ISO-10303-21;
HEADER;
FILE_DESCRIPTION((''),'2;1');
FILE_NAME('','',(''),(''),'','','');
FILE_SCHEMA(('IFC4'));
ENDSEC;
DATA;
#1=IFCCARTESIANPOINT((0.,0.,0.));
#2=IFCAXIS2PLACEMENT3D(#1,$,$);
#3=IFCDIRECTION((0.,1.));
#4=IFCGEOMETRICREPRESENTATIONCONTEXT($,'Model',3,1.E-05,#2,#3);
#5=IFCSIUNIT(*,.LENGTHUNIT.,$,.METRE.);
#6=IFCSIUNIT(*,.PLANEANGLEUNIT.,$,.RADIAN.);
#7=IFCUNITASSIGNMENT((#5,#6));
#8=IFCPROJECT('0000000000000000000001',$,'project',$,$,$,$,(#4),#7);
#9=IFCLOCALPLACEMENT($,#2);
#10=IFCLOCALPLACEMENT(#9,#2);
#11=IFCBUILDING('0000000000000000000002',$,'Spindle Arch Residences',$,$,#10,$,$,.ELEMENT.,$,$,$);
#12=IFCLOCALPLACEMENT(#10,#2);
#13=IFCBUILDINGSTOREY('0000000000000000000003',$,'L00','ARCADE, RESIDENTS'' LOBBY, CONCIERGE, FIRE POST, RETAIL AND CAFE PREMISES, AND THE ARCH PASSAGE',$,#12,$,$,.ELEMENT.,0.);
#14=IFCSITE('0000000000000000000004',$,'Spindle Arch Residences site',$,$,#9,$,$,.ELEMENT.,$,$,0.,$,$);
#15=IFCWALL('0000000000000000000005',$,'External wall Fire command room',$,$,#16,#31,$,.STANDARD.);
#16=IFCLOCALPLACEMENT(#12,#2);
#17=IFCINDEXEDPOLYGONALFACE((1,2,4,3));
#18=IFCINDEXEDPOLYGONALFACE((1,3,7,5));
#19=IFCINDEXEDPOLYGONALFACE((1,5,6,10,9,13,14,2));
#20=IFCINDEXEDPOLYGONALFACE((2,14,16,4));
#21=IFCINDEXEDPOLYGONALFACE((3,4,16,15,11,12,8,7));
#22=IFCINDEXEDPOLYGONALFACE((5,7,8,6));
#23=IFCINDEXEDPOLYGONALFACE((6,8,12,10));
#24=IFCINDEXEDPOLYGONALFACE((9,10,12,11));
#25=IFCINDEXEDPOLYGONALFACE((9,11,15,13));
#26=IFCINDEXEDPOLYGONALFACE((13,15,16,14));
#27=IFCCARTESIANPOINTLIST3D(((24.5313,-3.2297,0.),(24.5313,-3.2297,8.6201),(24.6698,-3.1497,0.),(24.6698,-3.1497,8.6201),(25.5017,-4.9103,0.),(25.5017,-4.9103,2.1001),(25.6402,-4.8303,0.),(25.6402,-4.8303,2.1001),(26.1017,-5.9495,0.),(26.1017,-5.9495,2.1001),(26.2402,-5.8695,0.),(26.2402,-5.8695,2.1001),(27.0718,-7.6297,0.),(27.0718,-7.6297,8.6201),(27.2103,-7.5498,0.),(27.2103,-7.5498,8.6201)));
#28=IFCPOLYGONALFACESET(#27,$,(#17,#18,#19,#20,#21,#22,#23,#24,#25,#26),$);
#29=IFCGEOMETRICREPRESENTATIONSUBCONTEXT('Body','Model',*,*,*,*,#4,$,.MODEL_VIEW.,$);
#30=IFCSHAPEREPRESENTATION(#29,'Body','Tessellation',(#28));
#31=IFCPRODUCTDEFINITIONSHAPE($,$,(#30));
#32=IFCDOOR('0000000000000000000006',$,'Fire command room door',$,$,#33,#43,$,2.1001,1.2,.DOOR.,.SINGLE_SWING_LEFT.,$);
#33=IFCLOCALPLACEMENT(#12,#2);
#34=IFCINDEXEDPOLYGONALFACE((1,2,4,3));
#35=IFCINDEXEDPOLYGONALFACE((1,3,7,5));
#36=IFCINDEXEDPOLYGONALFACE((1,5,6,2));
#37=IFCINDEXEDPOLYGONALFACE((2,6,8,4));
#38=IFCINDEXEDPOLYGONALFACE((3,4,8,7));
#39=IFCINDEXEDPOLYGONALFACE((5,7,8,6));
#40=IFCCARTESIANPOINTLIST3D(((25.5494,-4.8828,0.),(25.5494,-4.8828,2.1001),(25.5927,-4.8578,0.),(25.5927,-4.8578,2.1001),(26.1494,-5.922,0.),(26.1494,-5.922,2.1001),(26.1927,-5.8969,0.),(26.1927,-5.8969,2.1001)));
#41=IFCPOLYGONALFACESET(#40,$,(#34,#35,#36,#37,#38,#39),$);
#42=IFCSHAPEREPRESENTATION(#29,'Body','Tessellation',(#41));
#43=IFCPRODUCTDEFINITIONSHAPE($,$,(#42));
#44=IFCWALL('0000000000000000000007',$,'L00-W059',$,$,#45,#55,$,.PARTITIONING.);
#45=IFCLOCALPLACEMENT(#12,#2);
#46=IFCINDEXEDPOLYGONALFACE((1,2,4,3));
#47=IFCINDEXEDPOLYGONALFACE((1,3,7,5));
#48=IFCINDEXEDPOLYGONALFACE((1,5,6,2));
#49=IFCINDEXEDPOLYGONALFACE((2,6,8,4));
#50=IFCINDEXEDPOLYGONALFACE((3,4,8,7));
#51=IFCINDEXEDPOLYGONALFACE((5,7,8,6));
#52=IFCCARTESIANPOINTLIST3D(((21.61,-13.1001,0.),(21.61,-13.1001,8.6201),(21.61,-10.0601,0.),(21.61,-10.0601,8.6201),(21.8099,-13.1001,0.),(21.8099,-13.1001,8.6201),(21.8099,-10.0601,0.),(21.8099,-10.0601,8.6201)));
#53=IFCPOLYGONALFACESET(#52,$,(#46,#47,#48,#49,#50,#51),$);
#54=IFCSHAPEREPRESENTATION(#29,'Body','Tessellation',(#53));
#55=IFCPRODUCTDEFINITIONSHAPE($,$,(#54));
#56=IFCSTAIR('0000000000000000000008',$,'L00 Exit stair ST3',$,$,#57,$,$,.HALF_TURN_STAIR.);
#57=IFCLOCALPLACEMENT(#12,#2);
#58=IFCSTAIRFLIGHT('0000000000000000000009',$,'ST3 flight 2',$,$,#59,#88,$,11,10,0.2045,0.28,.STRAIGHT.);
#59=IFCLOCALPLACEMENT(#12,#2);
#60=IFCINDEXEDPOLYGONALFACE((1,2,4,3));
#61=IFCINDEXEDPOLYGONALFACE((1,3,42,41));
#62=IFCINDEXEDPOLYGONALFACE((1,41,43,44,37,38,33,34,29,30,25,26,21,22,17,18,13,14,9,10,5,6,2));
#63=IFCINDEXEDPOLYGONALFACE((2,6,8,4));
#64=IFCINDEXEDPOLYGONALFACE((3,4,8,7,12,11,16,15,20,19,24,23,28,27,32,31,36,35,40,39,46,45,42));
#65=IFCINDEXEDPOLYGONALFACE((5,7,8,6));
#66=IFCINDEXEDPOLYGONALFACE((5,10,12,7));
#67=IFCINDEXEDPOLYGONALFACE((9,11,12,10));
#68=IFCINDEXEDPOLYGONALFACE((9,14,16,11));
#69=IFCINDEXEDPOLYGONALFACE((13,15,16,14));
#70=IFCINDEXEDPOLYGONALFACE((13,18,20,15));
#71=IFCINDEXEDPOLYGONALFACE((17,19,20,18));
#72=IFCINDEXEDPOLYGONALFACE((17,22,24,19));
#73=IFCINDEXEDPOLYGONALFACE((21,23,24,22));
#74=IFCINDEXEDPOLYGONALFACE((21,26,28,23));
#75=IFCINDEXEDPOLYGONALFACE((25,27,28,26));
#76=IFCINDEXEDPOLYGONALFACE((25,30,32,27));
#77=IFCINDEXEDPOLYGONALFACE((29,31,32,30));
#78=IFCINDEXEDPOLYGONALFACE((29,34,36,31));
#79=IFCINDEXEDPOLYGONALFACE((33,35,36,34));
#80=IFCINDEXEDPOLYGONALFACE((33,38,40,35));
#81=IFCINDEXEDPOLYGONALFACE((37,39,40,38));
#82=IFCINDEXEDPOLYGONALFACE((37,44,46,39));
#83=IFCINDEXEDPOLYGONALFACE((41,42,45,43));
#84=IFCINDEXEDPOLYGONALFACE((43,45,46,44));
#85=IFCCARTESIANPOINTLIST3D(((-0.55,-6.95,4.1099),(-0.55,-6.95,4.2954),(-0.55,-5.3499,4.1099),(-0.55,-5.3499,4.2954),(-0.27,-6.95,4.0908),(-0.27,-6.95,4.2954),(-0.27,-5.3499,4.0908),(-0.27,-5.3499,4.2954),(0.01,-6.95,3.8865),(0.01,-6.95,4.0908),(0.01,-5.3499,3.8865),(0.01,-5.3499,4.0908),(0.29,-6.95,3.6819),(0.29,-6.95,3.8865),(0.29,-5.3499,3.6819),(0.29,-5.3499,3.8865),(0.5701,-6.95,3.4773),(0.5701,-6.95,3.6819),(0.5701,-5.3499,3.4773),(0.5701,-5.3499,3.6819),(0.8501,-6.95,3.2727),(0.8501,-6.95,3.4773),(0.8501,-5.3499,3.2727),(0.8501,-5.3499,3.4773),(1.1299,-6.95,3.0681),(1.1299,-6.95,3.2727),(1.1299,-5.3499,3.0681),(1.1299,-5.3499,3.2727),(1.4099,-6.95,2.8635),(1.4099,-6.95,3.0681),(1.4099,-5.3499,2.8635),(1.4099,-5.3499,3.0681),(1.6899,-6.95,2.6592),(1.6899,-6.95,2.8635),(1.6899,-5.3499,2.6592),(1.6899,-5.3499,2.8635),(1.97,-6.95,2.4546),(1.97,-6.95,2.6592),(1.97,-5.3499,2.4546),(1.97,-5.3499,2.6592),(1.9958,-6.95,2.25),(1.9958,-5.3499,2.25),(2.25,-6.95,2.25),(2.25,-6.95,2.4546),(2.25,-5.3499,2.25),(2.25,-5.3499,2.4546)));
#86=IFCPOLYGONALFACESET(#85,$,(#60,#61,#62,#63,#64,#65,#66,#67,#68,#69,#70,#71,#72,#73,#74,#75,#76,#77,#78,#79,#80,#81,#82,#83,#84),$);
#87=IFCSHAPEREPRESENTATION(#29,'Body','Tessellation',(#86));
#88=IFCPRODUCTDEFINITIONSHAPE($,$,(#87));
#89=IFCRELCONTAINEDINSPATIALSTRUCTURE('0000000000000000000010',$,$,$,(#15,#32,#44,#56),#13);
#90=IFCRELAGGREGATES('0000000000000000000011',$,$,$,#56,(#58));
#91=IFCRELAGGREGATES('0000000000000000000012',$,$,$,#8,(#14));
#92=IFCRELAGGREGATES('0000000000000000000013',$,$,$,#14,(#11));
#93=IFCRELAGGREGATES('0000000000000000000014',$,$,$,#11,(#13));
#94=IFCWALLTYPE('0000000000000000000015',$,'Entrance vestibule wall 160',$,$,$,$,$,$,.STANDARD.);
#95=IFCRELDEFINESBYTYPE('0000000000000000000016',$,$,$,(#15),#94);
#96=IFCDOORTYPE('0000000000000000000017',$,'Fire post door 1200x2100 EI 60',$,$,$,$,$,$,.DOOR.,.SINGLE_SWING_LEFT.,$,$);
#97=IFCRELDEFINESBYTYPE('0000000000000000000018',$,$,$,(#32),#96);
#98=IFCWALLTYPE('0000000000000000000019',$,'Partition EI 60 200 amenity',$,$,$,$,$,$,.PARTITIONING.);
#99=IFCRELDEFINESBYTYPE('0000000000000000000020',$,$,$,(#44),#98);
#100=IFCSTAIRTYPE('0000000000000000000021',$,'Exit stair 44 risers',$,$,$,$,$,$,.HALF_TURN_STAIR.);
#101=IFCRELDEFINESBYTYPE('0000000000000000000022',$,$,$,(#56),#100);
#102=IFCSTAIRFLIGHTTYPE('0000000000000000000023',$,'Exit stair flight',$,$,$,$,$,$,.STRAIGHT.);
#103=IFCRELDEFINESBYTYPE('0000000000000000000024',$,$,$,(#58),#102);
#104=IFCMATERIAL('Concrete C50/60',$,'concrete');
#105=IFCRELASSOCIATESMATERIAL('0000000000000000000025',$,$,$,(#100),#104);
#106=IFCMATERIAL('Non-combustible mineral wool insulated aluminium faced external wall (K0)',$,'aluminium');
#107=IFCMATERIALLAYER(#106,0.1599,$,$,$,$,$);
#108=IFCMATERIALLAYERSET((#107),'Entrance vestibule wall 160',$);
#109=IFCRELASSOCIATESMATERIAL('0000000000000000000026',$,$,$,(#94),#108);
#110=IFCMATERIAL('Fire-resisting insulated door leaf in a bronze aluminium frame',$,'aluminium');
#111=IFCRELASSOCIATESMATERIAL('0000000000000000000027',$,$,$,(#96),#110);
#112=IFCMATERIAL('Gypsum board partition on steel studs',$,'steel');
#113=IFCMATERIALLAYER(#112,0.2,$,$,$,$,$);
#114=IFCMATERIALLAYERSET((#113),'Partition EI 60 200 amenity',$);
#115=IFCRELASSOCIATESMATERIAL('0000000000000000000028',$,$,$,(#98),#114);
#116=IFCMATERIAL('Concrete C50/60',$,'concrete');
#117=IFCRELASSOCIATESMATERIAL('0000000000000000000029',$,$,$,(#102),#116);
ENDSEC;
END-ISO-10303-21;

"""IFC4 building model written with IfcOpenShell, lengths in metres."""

from ifc_helpers import new_model, si_unit, direction, frame, frame_2d, origin, place, context, subcontext, project, spatial, polyline, rectangle, outline, extrude, material, layer, layer_set, type_object, element, fill, aggregate, save


model = new_model("IFC4")

# Units and contexts
model_context = context("Model", 3, precision=1e-05, world=origin(), true_north=direction((0.0, 1.0)))
body_context = subcontext(model_context, "Body", "Model", "MODEL_VIEW")
ifc_project = project(units=[si_unit("LENGTHUNIT", "METRE"), si_unit("PLANEANGLEUNIT", "RADIAN")], contexts=[model_context])

# Site, building, storey
site_placement = place(None, origin())
site = spatial("IfcSite", under=ifc_project, at=site_placement, Name="Spindle Arch Residences site", CompositionType="ELEMENT", RefElevation=0.0)
building_placement = place(site_placement, origin())
building = spatial("IfcBuilding", under=site, at=building_placement, Name="Spindle Arch Residences", CompositionType="ELEMENT")
storey_placement = place(building_placement, origin())
storey = spatial("IfcBuildingStorey", under=building, at=storey_placement, Name="L00", Description="ARCADE, RESIDENTS' LOBBY, CONCIERGE, FIRE POST, RETAIL AND CAFE PREMISES, AND THE ARCH PASSAGE", CompositionType="ELEMENT", Elevation=0.0)

# Shared definitions
ifc_material_1 = material(Name="Concrete C50/60", Category="concrete")
stair_type = type_object("IfcStairType", Name="Exit stair 44 risers", PredefinedType="HALF_TURN_STAIR", material=ifc_material_1)

# Wall, opening, door
ifc_material_2 = material(Name="Non-combustible mineral wool insulated aluminium faced external wall (K0)", Category="aluminium")
ifc_layer_1 = layer(ifc_material_2, 0.1599)
ifc_layer_set_1 = layer_set([ifc_layer_1], Name="Entrance vestibule wall 160")
wall_type_1 = type_object("IfcWallType", Name="Entrance vestibule wall 160", PredefinedType="STANDARD", material=ifc_layer_set_1)
wall_1_placement = place(storey_placement, frame((27.1411, -7.5898, 0.0), z_axis=(0.0, 0.0, 1.0), x_axis=(-0.500015, 0.866017, 0.0)))
wall_1 = element("IfcWall", 1, at=wall_1_placement, inside=storey, type_object=wall_type_1, Name="External wall Fire command room", PredefinedType="STANDARD", context=body_context, shape_type="SweptSolid", body=[
    extrude(rectangle(XDim=5.0808, YDim=0.1599, at=frame_2d((2.5405, 0.0))), origin(), (0.0, 0.0, 1.0), 8.6201),
])
opening_placement = place(wall_1_placement, frame((1.9402, 0.0, 0.0)))
opening = element("IfcOpeningElement", 2, at=opening_placement, cuts=wall_1, PredefinedType="OPENING", context=body_context, shape_type="SweptSolid", body=[
    extrude(rectangle(XDim=1.2, YDim=2.1001, at=frame_2d((0.6001, 1.05))), frame((0.0, 0.0898, 0.0), z_axis=(0.0, -1.0, 0.0), x_axis=(1.0, 0.0, 0.0)), (0.0, 0.0, 1.0), 0.1799),
])
ifc_material_3 = material(Name="Fire-resisting insulated door leaf in a bronze aluminium frame", Category="aluminium")
door_type = type_object("IfcDoorType", Name="Fire post door 1200x2100 EI 60", OperationType="SINGLE_SWING_LEFT", PredefinedType="DOOR", material=ifc_material_3)
door_placement = place(opening_placement, origin())
door = element("IfcDoor", 3, at=door_placement, inside=storey, type_object=door_type, Name="Fire command room door", OperationType="SINGLE_SWING_LEFT", OverallHeight=2.1001, OverallWidth=1.2, PredefinedType="DOOR", context=body_context, shape_type="SweptSolid", body=[
    extrude(rectangle(XDim=1.2, YDim=2.1001, at=frame_2d((0.6001, 1.05))), frame((0.0, 0.0249, 0.0), z_axis=(0.0, -1.0, 0.0), x_axis=(1.0, 0.0, 0.0)), (0.0, 0.0, 1.0), 0.05),
])
fill(opening, door)

# Wall
ifc_material_4 = material(Name="Gypsum board partition on steel studs", Category="steel")
ifc_layer_2 = layer(ifc_material_4, 0.2)
ifc_layer_set_2 = layer_set([ifc_layer_2], Name="Partition EI 60 200 amenity")
wall_type_2 = type_object("IfcWallType", Name="Partition EI 60 200 amenity", PredefinedType="PARTITIONING", material=ifc_layer_set_2)
wall_2_placement = place(storey_placement, frame((21.71, -13.1001, 0.0), z_axis=(0.0, 0.0, 1.0), x_axis=(0.0, 1.0, 0.0)))
element("IfcWall", 4, at=wall_2_placement, inside=storey, type_object=wall_type_2, Name="L00-W059", PredefinedType="PARTITIONING", context=body_context, shape_type="SweptSolid", body=[
    extrude(rectangle(XDim=3.04, YDim=0.2, at=frame_2d((1.52, 0.0))), origin(), (0.0, 0.0, 1.0), 8.6201),
])

# Stair, stair flight
stair_1_placement = place(storey_placement, origin())
stair_1 = element("IfcStair", 5, at=stair_1_placement, inside=storey, type_object=stair_type, Name="L00 Exit stair ST3", PredefinedType="HALF_TURN_STAIR")
ifc_material_5 = material(Name="Concrete C50/60", Category="concrete")
stair_flight_type = type_object("IfcStairFlightType", Name="Exit stair flight", PredefinedType="STRAIGHT", material=ifc_material_5)
stair_flight_placement = place(storey_placement, frame((2.25, -6.1499, 2.25), z_axis=(0.0, 0.0, 1.0), x_axis=(-1.0, 0.0, 0.0)))
stair_flight = element("IfcStairFlight", 6, at=stair_flight_placement, type_object=stair_flight_type, Name="ST3 flight 2", NumberOfRisers=11, NumberOfTreads=10, PredefinedType="STRAIGHT", RiserHeight=0.2045, TreadLength=0.28, context=body_context, shape_type="SweptSolid", body=[
    extrude(outline(polyline([(0.0, 0.0), (0.0, 0.2046), (0.28, 0.2046), (0.28, 0.4092), (0.5601, 0.4092), (0.5601, 0.6135), (0.8401, 0.6135), (0.8401, 0.8181), (1.1201, 0.8181), (1.1201, 1.0227), (1.3999, 1.0227), (1.3999, 1.2273), (1.6799, 1.2273), (1.6799, 1.4319), (1.96, 1.4319), (1.96, 1.6365), (2.24, 1.6365), (2.24, 1.8408), (2.52, 1.8408), (2.52, 2.0454), (2.8, 2.0454), (2.8, 2.25), (2.8, 1.8599), (0.2542, 0.0), (0.0, 0.0)])), frame((0.0, 0.8, 0.0), z_axis=(0.0, -1.0, 0.0), x_axis=(1.0, 0.0, 0.0)), (0.0, 0.0, 1.0), 1.6001),
])
aggregate(stair_1, [stair_flight])

save(model, "model.ifc")
